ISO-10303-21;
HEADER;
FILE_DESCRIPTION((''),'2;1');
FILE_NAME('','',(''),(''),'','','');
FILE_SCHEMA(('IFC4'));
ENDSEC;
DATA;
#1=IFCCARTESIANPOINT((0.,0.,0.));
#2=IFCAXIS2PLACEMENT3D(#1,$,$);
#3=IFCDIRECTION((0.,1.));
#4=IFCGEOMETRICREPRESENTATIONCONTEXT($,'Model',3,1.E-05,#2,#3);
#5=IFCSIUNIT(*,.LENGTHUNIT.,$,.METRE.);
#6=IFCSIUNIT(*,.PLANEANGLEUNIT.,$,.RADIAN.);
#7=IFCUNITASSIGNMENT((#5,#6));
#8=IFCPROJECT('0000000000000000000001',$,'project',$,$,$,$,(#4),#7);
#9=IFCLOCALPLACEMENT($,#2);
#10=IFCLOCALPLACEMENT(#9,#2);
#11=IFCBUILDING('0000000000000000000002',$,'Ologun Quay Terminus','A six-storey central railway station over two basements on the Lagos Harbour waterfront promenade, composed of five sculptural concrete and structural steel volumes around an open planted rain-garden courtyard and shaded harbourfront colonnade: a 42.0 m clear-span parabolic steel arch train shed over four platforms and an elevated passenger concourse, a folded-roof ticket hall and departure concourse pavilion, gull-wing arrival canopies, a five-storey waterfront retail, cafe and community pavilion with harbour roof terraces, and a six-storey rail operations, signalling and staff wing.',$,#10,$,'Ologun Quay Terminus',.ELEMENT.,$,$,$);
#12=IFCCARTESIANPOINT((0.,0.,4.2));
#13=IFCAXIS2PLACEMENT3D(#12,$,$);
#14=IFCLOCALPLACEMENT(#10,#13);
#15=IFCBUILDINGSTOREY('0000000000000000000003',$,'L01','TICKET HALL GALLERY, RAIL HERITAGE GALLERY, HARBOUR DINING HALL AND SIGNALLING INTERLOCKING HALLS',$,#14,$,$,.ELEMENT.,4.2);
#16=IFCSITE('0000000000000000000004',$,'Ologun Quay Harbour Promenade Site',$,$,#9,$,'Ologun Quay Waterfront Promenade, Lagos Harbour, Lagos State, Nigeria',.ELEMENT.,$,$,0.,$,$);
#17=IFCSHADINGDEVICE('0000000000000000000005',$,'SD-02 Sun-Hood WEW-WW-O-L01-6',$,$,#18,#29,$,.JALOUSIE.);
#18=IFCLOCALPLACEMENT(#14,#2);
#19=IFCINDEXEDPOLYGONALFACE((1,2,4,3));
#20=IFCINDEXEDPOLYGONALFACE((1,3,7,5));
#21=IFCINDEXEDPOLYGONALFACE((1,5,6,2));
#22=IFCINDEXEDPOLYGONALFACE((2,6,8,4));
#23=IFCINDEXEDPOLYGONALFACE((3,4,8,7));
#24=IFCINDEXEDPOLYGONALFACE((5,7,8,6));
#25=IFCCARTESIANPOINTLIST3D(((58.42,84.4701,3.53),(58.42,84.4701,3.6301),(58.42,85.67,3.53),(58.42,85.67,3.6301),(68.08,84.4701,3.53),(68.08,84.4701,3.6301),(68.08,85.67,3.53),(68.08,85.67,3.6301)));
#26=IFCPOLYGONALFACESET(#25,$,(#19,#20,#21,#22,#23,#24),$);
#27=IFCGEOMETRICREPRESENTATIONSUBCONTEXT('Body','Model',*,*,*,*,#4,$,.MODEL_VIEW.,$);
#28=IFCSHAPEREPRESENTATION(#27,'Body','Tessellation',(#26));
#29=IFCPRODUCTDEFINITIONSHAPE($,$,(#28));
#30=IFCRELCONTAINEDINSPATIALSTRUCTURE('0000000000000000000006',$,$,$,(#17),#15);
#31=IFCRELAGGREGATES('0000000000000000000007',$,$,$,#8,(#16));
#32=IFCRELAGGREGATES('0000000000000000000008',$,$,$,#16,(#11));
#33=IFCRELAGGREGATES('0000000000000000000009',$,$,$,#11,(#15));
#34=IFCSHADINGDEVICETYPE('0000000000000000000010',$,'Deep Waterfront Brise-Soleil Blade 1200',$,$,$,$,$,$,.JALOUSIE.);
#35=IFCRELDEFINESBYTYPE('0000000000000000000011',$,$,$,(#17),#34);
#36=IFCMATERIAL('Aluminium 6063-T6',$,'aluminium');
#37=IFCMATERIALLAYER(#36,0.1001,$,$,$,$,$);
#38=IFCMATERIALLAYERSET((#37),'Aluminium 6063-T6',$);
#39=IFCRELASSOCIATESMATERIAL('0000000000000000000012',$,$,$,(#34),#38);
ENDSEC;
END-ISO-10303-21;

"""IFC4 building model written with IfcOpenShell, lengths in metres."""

from ifc_helpers import new_model, si_unit, direction, frame, origin, origin_2d, place, context, subcontext, project, spatial, rectangle, extrude, material, layer, layer_set, type_object, element, save


model = new_model("IFC4")

# Units and contexts
model_context = context("Model", 3, precision=1e-05, world=origin(), true_north=direction((0.0, 1.0)))
body_context = subcontext(model_context, "Body", "Model", "MODEL_VIEW")
ifc_project = project(units=[si_unit("LENGTHUNIT", "METRE"), si_unit("PLANEANGLEUNIT", "RADIAN")], contexts=[model_context])

# Site, building, storey
site_placement = place(None, origin())
site = spatial("IfcSite", under=ifc_project, at=site_placement, Name="Ologun Quay Harbour Promenade Site", LongName="Ologun Quay Waterfront Promenade, Lagos Harbour, Lagos State, Nigeria", CompositionType="ELEMENT", RefElevation=0.0)
building_placement = place(site_placement, origin())
building = spatial("IfcBuilding", under=site, at=building_placement, Name="Ologun Quay Terminus", Description="A six-storey central railway station over two basements on the Lagos Harbour waterfront promenade, composed of five sculptural concrete and structural steel volumes around an open planted rain-garden courtyard and shaded harbourfront colonnade: a 42.0 m clear-span parabolic steel arch train shed over four platforms and an elevated passenger concourse, a folded-roof ticket hall and departure concourse pavilion, gull-wing arrival canopies, a five-storey waterfront retail, cafe and community pavilion with harbour roof terraces, and a six-storey rail operations, signalling and staff wing.", LongName="Ologun Quay Terminus", CompositionType="ELEMENT")
storey_placement = place(building_placement, frame((0.0, 0.0, 4.2)))
storey = spatial("IfcBuildingStorey", under=building, at=storey_placement, Name="L01", Description="TICKET HALL GALLERY, RAIL HERITAGE GALLERY, HARBOUR DINING HALL AND SIGNALLING INTERLOCKING HALLS", CompositionType="ELEMENT", Elevation=4.2)

# Shading device
ifc_material_1 = material(Name="Aluminium 6063-T6", Category="aluminium")
ifc_layer_1 = layer(ifc_material_1, 0.1001)
ifc_layer_set_1 = layer_set([ifc_layer_1], Name="Aluminium 6063-T6")
shading_device_type = type_object("IfcShadingDeviceType", Name="Deep Waterfront Brise-Soleil Blade 1200", PredefinedType="JALOUSIE", material=ifc_layer_set_1)
shading_device_placement = place(storey_placement, frame((63.25, 85.0701, 3.53), z_axis=(0.0, 0.0, 1.0), x_axis=(1.0, 0.0, 0.0)))
element("IfcShadingDevice", 1, at=shading_device_placement, inside=storey, type_object=shading_device_type, Name="SD-02 Sun-Hood WEW-WW-O-L01-6", PredefinedType="JALOUSIE", context=body_context, shape_type="SweptSolid", body=[
    extrude(rectangle(XDim=9.6599, YDim=1.2, at=origin_2d()), origin(), (0.0, 0.0, 1.0), 0.1001),
])

save(model, "model.ifc")
